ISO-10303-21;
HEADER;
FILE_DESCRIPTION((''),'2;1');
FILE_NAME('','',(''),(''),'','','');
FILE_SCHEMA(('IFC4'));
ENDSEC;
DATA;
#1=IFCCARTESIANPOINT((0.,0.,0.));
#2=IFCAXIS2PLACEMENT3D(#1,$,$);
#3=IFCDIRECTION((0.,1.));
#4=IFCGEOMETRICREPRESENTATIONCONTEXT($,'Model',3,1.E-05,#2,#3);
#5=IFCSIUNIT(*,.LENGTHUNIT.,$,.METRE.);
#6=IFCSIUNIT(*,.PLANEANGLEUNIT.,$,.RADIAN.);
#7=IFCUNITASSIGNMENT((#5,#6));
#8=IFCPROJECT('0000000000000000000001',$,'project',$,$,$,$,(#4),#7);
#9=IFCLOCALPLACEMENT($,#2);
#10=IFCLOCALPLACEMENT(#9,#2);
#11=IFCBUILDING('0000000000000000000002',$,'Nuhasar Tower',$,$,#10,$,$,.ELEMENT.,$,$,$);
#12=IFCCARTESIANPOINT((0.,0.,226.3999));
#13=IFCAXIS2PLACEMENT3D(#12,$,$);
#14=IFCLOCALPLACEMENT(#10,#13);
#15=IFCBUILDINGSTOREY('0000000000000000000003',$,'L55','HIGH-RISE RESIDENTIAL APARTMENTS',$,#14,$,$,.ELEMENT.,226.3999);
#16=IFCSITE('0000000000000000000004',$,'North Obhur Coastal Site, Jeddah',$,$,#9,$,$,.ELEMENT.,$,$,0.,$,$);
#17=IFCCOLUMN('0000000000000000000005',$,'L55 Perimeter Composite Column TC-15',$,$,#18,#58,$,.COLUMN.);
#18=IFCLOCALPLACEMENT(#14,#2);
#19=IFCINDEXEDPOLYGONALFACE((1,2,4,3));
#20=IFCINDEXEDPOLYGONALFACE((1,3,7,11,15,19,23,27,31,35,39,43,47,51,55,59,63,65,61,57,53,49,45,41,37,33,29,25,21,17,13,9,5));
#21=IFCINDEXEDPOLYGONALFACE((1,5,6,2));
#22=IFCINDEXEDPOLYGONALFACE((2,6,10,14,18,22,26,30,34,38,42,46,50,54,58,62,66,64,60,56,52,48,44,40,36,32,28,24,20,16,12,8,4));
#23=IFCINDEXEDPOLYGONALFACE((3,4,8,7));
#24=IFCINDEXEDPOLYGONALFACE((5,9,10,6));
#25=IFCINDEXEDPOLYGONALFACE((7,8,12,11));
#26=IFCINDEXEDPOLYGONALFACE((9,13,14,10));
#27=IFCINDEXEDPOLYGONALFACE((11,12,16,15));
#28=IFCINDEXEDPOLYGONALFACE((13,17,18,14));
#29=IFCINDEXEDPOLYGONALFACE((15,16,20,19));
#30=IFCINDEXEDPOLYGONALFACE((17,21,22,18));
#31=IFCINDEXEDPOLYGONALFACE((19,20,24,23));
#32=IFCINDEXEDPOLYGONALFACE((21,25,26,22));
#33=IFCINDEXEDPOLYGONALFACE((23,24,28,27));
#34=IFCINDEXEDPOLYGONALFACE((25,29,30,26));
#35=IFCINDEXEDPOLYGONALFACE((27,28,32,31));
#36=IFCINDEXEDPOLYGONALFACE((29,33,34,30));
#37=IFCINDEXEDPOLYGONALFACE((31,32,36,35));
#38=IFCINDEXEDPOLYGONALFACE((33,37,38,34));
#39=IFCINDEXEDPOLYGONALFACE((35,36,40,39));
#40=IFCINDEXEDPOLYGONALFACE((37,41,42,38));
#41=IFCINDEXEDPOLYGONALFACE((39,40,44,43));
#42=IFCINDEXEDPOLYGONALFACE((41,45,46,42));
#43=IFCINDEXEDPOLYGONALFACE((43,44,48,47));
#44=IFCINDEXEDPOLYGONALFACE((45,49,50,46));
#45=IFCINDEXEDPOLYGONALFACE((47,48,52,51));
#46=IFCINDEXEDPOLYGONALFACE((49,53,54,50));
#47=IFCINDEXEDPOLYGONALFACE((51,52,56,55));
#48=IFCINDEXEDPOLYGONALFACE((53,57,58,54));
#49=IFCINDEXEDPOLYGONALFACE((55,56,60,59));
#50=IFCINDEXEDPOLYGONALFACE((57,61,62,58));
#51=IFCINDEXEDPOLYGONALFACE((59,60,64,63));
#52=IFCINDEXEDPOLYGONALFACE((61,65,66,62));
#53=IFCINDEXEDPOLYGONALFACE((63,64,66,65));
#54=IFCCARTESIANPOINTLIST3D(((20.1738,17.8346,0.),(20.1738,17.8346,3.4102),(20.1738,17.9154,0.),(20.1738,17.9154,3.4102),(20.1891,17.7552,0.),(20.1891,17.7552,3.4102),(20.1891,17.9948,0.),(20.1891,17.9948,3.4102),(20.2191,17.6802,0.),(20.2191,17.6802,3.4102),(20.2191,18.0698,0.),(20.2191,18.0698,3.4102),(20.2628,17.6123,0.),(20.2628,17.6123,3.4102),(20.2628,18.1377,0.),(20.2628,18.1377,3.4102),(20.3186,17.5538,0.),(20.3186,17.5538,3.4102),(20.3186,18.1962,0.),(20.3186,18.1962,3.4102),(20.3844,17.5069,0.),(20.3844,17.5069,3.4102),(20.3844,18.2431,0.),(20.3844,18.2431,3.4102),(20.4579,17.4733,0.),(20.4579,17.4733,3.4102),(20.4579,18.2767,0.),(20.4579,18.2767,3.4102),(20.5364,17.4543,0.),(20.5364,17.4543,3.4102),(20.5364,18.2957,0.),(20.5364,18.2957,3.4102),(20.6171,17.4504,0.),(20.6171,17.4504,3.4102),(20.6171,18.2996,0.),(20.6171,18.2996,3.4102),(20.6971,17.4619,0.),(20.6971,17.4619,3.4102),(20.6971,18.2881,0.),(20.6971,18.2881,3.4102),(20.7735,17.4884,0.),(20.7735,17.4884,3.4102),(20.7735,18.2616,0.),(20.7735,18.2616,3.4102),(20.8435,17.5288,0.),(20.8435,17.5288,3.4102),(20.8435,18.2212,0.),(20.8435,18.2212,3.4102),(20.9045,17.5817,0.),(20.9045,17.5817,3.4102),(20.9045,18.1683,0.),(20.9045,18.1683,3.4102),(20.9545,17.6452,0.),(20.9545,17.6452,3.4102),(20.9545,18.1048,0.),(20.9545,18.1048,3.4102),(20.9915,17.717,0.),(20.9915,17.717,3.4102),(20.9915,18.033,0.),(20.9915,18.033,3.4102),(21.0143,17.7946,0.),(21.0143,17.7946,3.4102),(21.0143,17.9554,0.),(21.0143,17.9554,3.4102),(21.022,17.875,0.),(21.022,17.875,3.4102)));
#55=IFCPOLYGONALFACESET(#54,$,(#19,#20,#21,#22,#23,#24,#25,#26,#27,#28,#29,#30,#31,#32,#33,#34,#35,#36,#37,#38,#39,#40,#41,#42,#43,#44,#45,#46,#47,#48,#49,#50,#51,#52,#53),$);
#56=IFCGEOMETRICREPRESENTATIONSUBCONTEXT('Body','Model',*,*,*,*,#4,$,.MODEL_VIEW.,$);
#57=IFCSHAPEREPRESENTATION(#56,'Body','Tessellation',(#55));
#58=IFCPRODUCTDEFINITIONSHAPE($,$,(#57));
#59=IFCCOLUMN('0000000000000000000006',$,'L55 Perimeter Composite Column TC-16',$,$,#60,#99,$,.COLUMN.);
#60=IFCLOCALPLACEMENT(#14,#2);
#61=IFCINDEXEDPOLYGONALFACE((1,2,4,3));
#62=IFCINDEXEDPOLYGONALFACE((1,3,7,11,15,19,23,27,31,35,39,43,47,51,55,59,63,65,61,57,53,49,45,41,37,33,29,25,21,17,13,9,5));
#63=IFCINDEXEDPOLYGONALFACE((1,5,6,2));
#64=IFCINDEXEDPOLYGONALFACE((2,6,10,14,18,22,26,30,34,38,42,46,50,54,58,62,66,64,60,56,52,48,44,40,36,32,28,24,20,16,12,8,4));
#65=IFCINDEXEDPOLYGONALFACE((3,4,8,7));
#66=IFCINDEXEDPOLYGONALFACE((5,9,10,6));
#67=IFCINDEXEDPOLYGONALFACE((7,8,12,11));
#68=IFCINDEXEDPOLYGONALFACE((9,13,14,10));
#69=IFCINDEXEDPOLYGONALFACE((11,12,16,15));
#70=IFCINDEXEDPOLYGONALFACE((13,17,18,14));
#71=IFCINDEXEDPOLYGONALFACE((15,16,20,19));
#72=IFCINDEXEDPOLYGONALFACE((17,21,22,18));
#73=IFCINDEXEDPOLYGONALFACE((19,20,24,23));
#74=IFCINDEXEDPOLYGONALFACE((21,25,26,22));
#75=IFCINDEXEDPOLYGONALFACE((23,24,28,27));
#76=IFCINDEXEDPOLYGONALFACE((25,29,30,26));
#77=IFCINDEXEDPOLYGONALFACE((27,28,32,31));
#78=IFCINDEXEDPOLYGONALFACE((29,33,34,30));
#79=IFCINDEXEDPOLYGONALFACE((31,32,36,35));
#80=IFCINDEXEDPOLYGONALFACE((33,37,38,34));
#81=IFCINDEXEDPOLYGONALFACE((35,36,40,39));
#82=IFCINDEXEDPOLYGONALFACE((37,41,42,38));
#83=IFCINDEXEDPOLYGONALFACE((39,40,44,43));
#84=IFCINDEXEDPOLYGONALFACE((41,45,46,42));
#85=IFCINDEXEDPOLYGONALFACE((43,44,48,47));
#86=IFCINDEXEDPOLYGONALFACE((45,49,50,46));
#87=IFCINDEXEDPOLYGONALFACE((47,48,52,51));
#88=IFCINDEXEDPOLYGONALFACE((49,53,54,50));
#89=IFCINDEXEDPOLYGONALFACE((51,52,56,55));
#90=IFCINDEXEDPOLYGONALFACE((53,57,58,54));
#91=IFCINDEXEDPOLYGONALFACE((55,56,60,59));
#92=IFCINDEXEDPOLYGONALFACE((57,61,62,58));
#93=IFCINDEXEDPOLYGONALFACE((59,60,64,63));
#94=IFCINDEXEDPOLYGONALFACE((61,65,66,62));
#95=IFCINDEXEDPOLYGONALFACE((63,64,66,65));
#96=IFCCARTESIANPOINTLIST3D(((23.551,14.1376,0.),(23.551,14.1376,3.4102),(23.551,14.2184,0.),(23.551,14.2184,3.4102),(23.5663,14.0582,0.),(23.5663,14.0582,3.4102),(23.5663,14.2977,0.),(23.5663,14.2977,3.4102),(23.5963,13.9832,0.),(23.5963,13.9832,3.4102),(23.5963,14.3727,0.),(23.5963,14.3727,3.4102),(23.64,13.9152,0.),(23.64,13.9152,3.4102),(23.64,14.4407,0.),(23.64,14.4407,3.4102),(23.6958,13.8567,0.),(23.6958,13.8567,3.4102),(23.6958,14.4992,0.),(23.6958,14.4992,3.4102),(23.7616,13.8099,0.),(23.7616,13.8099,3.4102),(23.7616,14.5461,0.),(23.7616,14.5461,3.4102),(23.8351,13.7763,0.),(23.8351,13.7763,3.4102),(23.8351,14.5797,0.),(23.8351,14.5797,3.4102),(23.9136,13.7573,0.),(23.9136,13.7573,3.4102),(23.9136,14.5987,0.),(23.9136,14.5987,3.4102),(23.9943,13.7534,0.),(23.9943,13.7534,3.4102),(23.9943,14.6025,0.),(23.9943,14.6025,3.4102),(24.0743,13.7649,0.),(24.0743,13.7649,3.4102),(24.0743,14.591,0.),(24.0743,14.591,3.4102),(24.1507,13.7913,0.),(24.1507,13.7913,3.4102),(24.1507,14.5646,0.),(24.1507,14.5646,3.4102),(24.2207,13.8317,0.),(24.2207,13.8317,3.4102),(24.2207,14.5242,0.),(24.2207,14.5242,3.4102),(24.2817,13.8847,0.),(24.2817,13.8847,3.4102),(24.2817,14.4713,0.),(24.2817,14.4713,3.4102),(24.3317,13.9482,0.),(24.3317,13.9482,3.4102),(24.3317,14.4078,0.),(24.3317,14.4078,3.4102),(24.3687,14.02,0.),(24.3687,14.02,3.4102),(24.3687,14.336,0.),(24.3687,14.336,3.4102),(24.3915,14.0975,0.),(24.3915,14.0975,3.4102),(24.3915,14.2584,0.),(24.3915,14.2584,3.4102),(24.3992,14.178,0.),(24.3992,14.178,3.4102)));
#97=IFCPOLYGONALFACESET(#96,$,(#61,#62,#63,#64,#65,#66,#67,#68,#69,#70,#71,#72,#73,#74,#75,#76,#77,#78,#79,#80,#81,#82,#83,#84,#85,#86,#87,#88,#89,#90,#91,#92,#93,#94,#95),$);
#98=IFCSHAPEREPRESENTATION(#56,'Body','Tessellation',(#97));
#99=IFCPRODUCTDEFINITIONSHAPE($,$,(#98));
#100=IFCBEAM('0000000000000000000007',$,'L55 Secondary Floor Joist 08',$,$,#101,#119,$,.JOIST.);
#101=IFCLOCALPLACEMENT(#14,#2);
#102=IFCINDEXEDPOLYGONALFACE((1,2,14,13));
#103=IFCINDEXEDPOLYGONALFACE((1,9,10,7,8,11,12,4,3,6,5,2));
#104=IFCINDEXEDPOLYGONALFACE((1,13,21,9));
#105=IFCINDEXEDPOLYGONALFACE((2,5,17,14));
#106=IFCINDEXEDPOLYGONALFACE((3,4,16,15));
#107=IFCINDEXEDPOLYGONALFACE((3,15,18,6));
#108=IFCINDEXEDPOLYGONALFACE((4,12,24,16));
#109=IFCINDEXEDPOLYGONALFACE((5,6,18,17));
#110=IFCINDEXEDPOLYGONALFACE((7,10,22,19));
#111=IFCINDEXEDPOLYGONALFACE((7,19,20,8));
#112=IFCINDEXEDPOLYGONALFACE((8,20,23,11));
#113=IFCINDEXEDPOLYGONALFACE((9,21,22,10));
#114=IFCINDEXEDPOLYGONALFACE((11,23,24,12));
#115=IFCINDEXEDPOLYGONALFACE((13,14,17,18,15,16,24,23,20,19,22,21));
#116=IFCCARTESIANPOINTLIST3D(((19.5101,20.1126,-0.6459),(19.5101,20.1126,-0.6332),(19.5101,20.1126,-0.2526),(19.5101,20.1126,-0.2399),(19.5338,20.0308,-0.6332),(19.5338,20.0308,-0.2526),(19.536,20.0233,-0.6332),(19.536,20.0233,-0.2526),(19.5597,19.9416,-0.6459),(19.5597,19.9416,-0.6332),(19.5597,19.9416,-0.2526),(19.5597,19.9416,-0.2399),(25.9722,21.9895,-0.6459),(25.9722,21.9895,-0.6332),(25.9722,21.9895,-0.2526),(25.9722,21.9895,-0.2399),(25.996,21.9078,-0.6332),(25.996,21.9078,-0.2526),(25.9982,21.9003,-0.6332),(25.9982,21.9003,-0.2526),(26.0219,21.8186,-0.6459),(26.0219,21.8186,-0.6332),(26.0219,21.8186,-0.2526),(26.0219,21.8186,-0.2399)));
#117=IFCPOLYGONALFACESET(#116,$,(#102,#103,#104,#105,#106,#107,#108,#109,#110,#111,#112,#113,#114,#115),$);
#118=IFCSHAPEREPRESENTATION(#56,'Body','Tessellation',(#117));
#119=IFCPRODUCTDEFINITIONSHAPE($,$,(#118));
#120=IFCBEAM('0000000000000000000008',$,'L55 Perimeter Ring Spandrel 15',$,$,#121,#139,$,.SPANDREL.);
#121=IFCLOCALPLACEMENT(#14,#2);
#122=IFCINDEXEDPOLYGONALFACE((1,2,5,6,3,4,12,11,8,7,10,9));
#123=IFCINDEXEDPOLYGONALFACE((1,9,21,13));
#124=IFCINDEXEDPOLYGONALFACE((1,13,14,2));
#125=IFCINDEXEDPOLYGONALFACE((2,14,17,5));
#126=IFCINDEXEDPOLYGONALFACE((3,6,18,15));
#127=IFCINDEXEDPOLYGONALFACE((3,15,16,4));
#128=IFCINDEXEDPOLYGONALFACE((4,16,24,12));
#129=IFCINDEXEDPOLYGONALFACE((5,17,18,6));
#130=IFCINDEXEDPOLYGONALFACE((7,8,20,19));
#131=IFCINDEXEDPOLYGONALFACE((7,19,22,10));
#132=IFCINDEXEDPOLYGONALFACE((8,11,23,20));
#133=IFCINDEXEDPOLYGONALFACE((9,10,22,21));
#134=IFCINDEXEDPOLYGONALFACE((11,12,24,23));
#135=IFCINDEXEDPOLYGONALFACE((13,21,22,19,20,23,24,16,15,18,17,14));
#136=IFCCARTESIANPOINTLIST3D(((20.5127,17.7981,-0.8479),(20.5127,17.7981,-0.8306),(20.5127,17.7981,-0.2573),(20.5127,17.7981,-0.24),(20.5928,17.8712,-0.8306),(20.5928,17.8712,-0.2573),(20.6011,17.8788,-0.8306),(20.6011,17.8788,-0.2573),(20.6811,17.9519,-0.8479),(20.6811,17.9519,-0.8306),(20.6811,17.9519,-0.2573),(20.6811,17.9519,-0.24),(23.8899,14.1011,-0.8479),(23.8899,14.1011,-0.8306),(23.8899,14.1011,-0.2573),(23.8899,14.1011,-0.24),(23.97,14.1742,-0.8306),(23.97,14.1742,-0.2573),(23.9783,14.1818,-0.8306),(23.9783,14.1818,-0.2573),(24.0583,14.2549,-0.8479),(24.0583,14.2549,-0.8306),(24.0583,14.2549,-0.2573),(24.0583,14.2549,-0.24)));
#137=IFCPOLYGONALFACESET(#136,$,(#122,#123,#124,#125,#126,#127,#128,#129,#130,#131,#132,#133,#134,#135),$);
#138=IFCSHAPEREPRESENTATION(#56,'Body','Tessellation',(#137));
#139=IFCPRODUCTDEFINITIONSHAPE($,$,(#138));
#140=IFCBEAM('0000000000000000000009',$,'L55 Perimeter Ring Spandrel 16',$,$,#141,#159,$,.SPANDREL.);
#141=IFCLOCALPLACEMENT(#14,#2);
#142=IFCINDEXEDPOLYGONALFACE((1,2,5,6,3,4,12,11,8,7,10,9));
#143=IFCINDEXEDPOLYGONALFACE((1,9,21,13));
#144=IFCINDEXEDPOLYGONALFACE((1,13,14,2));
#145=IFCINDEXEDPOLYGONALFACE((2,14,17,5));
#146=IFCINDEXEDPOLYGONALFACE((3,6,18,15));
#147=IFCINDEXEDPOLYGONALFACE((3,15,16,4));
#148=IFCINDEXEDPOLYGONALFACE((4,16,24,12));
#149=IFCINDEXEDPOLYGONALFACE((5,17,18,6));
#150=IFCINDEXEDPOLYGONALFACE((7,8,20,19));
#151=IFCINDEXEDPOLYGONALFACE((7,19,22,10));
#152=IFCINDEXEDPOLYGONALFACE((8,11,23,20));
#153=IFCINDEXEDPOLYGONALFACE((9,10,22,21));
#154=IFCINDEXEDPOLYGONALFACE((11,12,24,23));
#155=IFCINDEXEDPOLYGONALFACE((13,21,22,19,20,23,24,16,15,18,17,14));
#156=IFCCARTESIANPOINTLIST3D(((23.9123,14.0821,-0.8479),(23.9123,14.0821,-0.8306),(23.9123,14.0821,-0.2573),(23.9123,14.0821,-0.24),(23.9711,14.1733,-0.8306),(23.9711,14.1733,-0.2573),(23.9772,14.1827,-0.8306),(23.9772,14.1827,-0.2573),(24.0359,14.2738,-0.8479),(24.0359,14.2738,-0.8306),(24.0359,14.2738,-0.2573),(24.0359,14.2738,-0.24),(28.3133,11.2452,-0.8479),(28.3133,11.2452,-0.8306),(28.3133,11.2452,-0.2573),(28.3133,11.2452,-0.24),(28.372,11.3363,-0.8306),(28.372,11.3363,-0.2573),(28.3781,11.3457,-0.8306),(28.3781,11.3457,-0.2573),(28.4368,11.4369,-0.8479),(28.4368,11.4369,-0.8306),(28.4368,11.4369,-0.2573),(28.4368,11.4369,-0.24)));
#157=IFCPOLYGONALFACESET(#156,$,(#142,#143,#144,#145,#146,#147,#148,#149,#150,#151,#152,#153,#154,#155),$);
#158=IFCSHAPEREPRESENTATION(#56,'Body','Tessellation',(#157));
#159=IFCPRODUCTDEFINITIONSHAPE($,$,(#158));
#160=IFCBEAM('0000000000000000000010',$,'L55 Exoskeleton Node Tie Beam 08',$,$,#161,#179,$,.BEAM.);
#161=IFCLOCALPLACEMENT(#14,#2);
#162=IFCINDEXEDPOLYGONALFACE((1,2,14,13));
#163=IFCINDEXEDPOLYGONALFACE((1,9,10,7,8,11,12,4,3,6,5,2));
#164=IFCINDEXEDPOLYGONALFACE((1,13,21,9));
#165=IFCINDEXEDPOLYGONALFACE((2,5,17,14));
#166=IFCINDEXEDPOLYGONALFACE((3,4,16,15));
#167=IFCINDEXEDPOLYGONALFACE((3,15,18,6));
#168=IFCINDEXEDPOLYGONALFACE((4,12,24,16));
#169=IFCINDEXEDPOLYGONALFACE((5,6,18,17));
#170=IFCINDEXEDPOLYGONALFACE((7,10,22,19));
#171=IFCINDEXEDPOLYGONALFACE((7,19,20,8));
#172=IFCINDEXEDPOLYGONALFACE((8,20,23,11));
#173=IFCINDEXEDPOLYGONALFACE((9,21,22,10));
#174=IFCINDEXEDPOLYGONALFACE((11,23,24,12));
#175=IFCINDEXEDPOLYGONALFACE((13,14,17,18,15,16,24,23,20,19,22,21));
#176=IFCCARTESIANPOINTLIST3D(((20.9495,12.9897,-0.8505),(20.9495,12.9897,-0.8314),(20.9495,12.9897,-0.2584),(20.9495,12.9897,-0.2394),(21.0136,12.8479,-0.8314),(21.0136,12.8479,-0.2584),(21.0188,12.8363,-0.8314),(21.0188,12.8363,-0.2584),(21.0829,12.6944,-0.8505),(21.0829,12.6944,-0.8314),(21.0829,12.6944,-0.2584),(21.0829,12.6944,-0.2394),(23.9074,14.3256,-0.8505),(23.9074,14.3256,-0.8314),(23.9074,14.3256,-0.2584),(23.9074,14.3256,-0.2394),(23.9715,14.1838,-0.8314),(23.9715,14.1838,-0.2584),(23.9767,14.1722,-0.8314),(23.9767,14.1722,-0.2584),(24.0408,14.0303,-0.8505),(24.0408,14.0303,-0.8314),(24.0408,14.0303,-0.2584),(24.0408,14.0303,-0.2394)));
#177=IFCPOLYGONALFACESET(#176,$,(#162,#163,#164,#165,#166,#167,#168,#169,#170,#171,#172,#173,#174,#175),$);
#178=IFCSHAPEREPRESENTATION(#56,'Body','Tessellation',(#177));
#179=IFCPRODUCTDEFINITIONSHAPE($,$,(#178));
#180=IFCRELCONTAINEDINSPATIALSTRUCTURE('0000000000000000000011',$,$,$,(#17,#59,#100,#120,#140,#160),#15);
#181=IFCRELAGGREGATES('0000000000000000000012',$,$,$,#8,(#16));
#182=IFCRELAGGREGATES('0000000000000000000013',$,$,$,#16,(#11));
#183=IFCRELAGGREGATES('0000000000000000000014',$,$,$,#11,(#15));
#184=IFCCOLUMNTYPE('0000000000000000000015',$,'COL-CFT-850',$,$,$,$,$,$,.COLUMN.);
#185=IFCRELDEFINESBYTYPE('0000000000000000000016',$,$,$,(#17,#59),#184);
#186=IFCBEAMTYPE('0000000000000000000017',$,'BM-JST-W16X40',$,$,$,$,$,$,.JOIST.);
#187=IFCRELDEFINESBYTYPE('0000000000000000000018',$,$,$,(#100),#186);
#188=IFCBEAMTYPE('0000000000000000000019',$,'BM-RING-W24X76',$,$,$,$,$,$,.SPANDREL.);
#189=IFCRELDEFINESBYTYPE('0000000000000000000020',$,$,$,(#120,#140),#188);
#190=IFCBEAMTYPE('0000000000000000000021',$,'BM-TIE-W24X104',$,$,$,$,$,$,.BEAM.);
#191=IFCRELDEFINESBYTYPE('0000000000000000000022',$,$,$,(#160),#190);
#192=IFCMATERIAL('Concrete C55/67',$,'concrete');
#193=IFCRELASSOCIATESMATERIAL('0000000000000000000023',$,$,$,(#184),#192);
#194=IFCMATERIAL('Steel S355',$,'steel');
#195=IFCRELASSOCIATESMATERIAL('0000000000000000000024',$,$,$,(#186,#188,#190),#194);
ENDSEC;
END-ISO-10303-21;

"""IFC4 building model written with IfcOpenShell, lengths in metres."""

from ifc_helpers import new_model, si_unit, direction, frame, origin, origin_2d, place, context, subcontext, project, spatial, circle, i_section, extrude, material, material_profile, profile_set, type_object, element, save


model = new_model("IFC4")

# Units and contexts
model_context = context("Model", 3, precision=1e-05, world=origin(), true_north=direction((0.0, 1.0)))
body_context = subcontext(model_context, "Body", "Model", "MODEL_VIEW")
ifc_project = project(units=[si_unit("LENGTHUNIT", "METRE"), si_unit("PLANEANGLEUNIT", "RADIAN")], contexts=[model_context])

# Site, building, storey
site_placement = place(None, origin())
site = spatial("IfcSite", under=ifc_project, at=site_placement, Name="North Obhur Coastal Site, Jeddah", CompositionType="ELEMENT", RefElevation=0.0)
building_placement = place(site_placement, origin())
building = spatial("IfcBuilding", under=site, at=building_placement, Name="Nuhasar Tower", CompositionType="ELEMENT")
storey_placement = place(building_placement, frame((0.0, 0.0, 226.3999)))
storey = spatial("IfcBuildingStorey", under=building, at=storey_placement, Name="L55", Description="HIGH-RISE RESIDENTIAL APARTMENTS", CompositionType="ELEMENT", Elevation=226.3999)

# Columns
ifc_material_1 = material(Name="Concrete C55/67", Category="concrete")
ifc_material_profile_1 = material_profile(ifc_material_1, circle(Radius=0.425, at=origin_2d()), Name="CFT850")
ifc_profile_set_1 = profile_set([ifc_material_profile_1], Name="Concrete C55/67")
column_type = type_object("IfcColumnType", Name="COL-CFT-850", PredefinedType="COLUMN", material=ifc_profile_set_1)
for number, where, z_axis, x_axis, name in (
    (1, (20.5969, 17.875, 0.0), (0.0, 0.0, 1.0), (1.0, 0.0, 0.0), "L55 Perimeter Composite Column TC-15"),
    (2, (23.9741, 14.178, 0.0), (0.0, 0.0, 1.0), (1.0, 0.0, 0.0), "L55 Perimeter Composite Column TC-16"),
):
    element("IfcColumn", number, at=place(storey_placement, frame(where, z_axis=z_axis, x_axis=x_axis)), inside=storey, type_object=column_type, Name=name, PredefinedType="COLUMN", context=body_context, shape_type="SweptSolid", body=[
        extrude(circle(Radius=0.425, at=origin_2d()), origin(), (0.0, 0.0, 1.0), 3.4102),
    ])

# Beams
ifc_material_2 = material(Name="Steel S355", Category="steel")
ifc_material_profile_2 = material_profile(ifc_material_2, i_section(OverallWidth=0.178, OverallDepth=0.406, WebThickness=0.0078, FlangeThickness=0.0127, at=origin_2d()), Name="W16X40")
ifc_profile_set_2 = profile_set([ifc_material_profile_2], Name="Steel S355")
beam_type_1 = type_object("IfcBeamType", Name="BM-JST-W16X40", PredefinedType="JOIST", material=ifc_profile_set_2)
beam_1_placement = place(storey_placement, frame((25.9971, 21.9041, -0.4429), z_axis=(-0.960313, -0.278926, 0.0), x_axis=(0.278926, -0.960313, 0.0)))
element("IfcBeam", 3, at=beam_1_placement, inside=storey, type_object=beam_type_1, Name="L55 Secondary Floor Joist 08", PredefinedType="JOIST", context=body_context, shape_type="SweptSolid", body=[
    extrude(i_section(OverallWidth=0.178, OverallDepth=0.406, WebThickness=0.0078, FlangeThickness=0.0127, at=origin_2d()), origin(), (0.0, 0.0, 1.0), 6.7292),
])
ifc_material_profile_3 = material_profile(ifc_material_2, i_section(OverallWidth=0.228, OverallDepth=0.6079, WebThickness=0.0112, FlangeThickness=0.0173, at=origin_2d()), Name="W24X76")
ifc_profile_set_3 = profile_set([ifc_material_profile_3], Name="Steel S355")
beam_type_2 = type_object("IfcBeamType", Name="BM-RING-W24X76", PredefinedType="SPANDREL", material=ifc_profile_set_3)
beam_2_placement = place(storey_placement, frame((20.5969, 17.875, -0.5439), z_axis=(0.67445, -0.738321, 0.0), x_axis=(0.738321, 0.67445, 0.0)))
element("IfcBeam", 4, at=beam_2_placement, inside=storey, type_object=beam_type_2, Name="L55 Perimeter Ring Spandrel 15", PredefinedType="SPANDREL", context=body_context, shape_type="SweptSolid", body=[
    extrude(i_section(OverallWidth=0.228, OverallDepth=0.6079, WebThickness=0.0112, FlangeThickness=0.0173, at=origin_2d()), origin(), (0.0, 0.0, 1.0), 5.0073),
])
beam_3_placement = place(storey_placement, frame((23.9741, 14.178, -0.5439), z_axis=(0.840502, -0.541808, 0.0), x_axis=(0.541808, 0.840502, 0.0)))
element("IfcBeam", 5, at=beam_3_placement, inside=storey, type_object=beam_type_2, Name="L55 Perimeter Ring Spandrel 16", PredefinedType="SPANDREL", context=body_context, shape_type="SweptSolid", body=[
    extrude(i_section(OverallWidth=0.228, OverallDepth=0.6079, WebThickness=0.0112, FlangeThickness=0.0173, at=origin_2d()), origin(), (0.0, 0.0, 1.0), 5.2361),
])
ifc_material_profile_4 = material_profile(ifc_material_2, i_section(OverallWidth=0.324, OverallDepth=0.6111, WebThickness=0.0127, FlangeThickness=0.019, at=origin_2d()), Name="W24X104")
ifc_profile_set_4 = profile_set([ifc_material_profile_4], Name="Steel S355")
beam_type_3 = type_object("IfcBeamType", Name="BM-TIE-W24X104", PredefinedType="BEAM", material=ifc_profile_set_4)
beam_4_placement = place(storey_placement, frame((23.9741, 14.178, -0.5449), z_axis=(-0.911363, -0.411603, 0.0), x_axis=(0.411603, -0.911363, 0.0)))
element("IfcBeam", 6, at=beam_4_placement, inside=storey, type_object=beam_type_3, Name="L55 Exoskeleton Node Tie Beam 08", PredefinedType="BEAM", context=body_context, shape_type="SweptSolid", body=[
    extrude(i_section(OverallWidth=0.324, OverallDepth=0.6111, WebThickness=0.0127, FlangeThickness=0.019, at=origin_2d()), origin(), (0.0, 0.0, 1.0), 3.2456),
])

save(model, "model.ifc")
